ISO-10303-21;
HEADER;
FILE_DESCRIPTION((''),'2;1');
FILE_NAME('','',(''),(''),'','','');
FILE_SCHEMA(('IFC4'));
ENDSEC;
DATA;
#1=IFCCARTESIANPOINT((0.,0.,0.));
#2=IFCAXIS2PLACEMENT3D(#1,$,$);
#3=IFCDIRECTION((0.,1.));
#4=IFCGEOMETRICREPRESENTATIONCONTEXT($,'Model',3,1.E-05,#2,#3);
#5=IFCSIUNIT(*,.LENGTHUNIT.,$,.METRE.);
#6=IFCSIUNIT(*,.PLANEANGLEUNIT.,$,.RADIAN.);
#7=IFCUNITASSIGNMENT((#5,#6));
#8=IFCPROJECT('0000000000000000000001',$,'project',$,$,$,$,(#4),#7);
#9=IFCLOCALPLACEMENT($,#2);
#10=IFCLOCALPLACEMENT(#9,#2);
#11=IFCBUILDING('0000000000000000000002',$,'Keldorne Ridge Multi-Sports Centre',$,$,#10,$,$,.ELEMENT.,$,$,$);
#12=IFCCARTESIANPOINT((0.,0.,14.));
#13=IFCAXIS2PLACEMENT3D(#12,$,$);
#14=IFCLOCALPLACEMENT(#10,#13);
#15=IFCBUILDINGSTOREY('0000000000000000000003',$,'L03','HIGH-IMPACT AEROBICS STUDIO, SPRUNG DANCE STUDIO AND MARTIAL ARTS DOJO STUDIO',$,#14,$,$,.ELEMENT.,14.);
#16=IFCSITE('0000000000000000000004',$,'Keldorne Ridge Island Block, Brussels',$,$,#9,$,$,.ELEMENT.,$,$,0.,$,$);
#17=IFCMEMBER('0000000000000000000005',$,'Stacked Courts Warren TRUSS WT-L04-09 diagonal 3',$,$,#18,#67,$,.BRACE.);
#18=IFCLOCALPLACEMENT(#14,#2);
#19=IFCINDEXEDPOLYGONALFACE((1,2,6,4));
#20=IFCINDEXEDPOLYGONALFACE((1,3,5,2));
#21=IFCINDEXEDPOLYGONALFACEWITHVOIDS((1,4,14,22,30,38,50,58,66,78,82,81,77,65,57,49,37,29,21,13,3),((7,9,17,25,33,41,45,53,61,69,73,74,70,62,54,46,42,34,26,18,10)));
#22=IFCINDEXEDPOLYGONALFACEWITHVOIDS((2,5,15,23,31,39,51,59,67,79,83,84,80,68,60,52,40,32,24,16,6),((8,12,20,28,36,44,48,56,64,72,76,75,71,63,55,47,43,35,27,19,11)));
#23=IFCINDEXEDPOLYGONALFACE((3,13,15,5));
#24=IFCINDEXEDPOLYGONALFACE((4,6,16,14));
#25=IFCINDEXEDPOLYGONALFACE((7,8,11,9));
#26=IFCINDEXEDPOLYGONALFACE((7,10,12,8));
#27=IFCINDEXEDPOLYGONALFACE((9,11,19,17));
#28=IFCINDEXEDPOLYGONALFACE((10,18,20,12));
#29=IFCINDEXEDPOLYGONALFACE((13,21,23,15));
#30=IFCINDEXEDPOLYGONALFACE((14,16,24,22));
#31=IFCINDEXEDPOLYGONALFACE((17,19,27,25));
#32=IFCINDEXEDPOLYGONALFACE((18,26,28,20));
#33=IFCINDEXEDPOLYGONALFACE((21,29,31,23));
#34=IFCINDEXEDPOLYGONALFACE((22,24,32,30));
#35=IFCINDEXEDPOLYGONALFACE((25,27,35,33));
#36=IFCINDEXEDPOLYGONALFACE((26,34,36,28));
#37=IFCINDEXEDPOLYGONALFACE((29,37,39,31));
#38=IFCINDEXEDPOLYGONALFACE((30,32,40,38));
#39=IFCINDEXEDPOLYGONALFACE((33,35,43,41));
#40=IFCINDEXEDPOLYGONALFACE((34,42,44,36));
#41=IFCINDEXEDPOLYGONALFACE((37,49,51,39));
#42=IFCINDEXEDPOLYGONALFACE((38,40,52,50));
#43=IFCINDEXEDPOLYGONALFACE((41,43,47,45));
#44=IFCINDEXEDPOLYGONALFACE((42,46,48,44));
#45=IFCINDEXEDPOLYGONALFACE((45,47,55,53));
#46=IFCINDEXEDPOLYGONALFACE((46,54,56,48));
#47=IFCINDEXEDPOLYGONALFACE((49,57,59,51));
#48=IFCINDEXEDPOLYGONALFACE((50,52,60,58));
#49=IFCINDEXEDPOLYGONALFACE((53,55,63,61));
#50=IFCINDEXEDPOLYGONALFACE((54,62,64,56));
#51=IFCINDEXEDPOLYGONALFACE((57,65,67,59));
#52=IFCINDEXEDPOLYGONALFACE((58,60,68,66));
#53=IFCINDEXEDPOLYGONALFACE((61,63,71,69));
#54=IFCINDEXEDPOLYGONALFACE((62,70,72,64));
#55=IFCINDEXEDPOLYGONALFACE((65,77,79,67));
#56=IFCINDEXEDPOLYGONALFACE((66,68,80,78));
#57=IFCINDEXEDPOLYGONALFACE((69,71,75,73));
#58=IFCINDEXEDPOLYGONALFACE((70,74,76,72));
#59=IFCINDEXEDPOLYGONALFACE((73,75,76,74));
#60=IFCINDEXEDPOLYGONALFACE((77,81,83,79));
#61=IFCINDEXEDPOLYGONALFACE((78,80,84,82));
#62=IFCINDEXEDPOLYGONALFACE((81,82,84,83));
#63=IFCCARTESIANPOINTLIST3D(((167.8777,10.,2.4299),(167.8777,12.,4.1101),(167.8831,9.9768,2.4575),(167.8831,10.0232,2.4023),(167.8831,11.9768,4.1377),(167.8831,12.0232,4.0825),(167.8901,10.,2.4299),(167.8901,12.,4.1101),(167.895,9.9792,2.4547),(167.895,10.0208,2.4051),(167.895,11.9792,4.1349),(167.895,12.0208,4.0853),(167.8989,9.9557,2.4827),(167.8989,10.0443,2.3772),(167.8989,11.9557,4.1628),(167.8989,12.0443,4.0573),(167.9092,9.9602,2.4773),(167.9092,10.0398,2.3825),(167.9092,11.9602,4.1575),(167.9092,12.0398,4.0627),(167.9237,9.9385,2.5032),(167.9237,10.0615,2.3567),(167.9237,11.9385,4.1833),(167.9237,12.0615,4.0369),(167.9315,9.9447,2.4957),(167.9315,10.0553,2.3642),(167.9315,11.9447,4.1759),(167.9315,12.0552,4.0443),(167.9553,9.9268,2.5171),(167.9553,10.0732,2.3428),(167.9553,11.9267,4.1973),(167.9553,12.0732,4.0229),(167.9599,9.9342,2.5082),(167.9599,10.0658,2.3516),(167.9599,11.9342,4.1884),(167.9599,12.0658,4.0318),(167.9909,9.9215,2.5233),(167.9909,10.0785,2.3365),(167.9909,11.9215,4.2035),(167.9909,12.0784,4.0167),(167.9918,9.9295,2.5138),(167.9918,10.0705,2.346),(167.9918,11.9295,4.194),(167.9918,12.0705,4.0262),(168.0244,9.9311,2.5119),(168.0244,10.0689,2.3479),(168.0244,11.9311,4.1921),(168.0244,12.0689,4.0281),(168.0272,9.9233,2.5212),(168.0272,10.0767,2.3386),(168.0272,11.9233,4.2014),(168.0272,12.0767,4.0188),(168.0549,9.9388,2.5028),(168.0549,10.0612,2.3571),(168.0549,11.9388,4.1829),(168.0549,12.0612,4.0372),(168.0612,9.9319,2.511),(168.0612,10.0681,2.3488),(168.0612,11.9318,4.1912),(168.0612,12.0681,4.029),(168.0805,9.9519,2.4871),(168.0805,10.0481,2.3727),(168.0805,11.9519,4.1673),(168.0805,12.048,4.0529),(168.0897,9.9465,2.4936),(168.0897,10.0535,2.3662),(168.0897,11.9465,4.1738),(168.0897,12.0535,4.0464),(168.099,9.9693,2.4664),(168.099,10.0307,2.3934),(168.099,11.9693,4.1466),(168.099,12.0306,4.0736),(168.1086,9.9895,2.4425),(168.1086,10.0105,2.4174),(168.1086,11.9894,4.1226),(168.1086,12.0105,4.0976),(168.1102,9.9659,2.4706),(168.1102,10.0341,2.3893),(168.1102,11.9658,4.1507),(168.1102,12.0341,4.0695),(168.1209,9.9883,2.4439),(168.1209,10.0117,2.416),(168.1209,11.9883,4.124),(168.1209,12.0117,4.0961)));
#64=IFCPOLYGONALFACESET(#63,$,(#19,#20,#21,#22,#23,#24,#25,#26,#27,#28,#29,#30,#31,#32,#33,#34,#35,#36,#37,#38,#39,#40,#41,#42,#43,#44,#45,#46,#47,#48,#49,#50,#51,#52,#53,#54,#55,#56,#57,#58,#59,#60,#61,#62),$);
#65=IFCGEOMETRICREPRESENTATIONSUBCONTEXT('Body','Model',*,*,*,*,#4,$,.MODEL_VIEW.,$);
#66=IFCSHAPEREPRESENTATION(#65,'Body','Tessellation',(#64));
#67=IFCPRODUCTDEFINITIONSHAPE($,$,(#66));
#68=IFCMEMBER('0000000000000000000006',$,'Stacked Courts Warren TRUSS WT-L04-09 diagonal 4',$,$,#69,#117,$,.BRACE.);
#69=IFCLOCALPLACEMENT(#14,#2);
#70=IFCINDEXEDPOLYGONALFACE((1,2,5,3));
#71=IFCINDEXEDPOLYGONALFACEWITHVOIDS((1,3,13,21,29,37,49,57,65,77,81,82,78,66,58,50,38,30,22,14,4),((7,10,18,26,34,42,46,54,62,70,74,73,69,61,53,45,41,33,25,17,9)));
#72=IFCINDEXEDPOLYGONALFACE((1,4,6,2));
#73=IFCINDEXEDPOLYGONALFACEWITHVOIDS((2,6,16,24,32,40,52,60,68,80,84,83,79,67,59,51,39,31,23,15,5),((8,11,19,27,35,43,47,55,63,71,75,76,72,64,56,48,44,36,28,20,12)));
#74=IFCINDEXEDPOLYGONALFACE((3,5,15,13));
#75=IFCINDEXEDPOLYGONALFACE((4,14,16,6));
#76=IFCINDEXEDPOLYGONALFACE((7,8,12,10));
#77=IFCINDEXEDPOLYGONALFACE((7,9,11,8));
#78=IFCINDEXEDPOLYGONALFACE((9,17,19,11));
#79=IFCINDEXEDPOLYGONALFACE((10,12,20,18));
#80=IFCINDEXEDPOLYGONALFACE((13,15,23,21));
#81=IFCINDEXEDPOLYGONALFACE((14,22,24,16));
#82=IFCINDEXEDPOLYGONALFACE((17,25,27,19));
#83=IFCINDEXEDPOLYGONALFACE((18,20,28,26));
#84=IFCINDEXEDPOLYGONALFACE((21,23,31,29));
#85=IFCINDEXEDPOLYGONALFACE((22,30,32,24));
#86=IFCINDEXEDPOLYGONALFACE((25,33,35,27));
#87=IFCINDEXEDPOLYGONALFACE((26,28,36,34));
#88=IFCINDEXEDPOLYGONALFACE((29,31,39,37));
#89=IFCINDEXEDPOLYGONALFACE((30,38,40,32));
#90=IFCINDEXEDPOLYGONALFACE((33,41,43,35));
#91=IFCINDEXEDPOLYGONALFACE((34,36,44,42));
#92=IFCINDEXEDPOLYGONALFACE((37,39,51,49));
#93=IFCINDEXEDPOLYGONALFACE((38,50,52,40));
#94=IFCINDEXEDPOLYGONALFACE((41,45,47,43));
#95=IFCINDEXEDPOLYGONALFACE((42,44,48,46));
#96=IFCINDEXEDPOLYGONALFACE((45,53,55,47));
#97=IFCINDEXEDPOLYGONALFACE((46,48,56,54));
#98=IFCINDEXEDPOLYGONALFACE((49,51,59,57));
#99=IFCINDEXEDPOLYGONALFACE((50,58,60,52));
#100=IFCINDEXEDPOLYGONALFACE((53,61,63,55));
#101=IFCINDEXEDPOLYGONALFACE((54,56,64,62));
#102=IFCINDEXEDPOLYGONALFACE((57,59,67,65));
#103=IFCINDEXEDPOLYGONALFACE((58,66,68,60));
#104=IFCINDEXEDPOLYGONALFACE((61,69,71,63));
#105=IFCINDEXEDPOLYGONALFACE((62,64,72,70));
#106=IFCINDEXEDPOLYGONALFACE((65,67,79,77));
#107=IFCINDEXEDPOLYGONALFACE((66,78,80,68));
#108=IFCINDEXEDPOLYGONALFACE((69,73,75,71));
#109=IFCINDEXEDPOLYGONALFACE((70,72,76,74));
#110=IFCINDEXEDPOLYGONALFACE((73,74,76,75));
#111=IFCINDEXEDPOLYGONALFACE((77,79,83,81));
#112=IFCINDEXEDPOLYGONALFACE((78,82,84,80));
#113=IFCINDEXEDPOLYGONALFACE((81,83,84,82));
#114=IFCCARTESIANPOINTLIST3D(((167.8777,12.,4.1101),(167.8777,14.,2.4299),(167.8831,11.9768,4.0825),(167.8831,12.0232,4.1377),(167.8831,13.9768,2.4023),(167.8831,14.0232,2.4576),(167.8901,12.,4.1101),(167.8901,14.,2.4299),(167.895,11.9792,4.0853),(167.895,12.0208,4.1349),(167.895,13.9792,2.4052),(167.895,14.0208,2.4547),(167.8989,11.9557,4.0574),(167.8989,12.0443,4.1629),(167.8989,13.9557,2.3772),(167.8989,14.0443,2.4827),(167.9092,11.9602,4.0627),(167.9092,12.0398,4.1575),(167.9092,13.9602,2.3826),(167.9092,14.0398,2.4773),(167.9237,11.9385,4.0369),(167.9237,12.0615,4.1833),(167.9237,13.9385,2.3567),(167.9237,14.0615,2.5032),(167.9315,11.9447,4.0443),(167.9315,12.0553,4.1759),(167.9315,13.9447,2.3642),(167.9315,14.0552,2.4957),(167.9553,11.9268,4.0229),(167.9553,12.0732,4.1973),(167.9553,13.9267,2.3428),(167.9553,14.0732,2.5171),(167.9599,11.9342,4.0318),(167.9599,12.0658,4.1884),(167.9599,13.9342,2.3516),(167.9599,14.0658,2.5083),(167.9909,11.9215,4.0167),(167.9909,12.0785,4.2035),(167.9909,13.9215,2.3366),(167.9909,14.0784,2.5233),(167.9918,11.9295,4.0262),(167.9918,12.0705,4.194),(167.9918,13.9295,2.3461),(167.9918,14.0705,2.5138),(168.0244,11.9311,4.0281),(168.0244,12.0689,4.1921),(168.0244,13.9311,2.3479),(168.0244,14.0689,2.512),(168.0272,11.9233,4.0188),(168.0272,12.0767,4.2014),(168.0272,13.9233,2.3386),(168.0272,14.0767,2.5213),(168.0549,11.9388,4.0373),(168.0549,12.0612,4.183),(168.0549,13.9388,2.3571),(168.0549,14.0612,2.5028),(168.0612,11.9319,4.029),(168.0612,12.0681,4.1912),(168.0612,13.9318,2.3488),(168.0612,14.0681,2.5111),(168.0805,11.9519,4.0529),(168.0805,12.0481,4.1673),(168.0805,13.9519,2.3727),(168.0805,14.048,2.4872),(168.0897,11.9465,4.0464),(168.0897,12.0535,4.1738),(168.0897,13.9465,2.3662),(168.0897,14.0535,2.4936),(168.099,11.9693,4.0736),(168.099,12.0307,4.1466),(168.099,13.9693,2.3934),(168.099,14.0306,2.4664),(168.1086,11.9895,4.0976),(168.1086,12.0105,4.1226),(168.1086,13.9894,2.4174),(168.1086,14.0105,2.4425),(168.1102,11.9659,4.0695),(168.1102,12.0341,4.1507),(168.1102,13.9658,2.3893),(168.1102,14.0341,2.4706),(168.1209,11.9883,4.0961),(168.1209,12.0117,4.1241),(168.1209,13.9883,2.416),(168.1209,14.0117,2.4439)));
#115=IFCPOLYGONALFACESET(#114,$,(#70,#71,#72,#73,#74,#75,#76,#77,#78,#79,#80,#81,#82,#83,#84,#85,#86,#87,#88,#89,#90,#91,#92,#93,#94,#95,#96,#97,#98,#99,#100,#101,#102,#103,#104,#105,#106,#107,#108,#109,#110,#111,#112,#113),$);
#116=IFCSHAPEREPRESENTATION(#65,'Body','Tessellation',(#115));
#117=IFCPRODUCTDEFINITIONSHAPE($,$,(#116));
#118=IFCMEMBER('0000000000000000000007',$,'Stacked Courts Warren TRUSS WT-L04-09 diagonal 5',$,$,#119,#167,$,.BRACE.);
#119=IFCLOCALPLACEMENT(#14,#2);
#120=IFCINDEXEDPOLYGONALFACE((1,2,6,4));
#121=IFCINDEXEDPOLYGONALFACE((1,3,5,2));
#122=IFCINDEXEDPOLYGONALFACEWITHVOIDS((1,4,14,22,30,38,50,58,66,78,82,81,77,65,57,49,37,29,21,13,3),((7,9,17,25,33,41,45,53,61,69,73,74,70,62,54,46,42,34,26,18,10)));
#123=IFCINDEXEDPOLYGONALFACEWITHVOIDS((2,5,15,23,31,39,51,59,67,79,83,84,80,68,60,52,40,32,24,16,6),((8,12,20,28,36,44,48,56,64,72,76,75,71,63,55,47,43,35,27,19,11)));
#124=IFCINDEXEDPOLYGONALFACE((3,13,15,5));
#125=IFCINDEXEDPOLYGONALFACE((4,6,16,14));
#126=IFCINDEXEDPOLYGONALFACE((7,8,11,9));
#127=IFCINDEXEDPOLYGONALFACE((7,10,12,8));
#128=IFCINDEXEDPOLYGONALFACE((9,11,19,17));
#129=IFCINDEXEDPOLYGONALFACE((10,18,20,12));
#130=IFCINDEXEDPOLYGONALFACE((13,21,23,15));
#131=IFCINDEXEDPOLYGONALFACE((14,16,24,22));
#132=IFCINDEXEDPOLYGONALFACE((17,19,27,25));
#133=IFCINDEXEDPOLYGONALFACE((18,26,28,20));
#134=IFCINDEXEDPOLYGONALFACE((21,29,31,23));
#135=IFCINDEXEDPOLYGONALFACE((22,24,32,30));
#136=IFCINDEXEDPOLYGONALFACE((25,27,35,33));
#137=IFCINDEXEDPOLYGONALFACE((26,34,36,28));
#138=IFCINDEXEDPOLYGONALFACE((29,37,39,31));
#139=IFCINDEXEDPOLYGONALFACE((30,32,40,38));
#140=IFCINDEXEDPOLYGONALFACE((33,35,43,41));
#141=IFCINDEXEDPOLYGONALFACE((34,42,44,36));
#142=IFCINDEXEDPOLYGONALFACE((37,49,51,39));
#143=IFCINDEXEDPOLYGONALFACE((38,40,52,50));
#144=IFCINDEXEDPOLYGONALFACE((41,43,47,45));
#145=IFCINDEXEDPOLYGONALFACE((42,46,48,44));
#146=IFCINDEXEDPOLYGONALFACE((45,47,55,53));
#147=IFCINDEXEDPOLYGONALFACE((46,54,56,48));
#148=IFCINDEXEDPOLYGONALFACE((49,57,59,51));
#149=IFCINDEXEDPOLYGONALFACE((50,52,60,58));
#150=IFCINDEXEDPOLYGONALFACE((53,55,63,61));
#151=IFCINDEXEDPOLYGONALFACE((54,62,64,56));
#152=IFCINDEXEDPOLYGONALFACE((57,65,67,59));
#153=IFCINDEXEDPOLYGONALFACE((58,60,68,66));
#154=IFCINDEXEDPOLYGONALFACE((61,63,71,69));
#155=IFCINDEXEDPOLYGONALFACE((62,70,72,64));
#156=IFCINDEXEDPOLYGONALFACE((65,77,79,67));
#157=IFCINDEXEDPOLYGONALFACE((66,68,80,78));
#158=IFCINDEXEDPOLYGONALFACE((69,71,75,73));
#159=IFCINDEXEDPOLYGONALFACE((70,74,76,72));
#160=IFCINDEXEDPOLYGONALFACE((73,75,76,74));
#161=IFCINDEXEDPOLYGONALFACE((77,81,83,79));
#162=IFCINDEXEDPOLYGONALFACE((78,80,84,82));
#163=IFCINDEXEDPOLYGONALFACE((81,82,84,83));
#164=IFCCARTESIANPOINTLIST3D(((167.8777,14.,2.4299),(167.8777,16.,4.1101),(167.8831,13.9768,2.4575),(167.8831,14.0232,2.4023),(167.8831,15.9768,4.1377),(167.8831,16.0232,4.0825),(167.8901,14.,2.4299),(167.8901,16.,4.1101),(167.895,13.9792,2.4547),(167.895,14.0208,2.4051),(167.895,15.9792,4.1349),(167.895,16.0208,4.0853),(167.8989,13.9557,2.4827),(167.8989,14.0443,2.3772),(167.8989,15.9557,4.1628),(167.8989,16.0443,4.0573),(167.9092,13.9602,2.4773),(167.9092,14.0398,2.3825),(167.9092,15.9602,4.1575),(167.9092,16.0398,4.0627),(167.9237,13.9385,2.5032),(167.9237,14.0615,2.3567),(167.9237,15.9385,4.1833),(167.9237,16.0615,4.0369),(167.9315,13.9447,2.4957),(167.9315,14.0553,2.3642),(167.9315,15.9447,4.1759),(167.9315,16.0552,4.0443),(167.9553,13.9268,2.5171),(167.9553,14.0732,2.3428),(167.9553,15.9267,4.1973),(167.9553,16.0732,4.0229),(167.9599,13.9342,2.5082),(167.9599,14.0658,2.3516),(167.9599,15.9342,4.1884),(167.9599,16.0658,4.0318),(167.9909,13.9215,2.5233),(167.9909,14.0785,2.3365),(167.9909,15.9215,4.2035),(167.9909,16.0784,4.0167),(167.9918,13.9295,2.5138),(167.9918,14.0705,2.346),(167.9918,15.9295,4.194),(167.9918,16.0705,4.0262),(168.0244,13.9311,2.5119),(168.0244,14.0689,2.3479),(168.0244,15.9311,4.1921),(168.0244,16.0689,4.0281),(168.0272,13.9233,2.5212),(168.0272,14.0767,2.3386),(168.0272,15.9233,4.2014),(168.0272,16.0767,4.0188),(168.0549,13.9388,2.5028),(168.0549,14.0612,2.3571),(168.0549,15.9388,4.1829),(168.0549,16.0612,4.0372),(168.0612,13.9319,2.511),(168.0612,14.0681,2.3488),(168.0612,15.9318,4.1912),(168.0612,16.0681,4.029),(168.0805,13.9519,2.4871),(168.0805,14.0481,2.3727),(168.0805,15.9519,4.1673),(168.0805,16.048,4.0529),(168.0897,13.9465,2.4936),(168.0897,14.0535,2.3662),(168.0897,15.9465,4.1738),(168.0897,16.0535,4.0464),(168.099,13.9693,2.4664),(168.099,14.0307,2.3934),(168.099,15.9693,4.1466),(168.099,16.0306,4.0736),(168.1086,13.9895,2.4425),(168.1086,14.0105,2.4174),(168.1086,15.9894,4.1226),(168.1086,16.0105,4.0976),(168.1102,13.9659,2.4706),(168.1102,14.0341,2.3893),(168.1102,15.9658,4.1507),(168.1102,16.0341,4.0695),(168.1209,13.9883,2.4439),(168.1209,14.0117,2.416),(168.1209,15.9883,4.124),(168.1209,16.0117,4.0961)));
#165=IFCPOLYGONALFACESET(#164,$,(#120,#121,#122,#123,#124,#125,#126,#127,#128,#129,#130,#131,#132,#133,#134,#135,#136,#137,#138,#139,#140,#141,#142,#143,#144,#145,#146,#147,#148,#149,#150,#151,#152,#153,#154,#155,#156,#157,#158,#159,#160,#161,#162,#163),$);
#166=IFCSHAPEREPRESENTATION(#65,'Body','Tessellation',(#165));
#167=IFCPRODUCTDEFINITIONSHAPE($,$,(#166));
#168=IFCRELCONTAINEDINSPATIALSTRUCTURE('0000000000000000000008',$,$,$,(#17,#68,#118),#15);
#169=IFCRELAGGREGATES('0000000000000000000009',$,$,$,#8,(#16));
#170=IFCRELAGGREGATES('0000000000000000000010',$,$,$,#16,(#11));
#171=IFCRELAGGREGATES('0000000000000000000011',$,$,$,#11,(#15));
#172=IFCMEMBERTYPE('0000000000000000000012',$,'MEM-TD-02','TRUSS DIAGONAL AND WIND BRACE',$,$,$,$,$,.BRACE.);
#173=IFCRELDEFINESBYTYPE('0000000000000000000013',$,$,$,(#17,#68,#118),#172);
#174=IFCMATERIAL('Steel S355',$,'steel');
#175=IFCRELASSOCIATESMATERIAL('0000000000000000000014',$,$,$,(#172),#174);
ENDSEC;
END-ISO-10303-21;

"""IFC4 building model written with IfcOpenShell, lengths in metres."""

from ifc_helpers import new_model, si_unit, direction, frame, origin, origin_2d, place, context, subcontext, project, spatial, hollow_circle, extrude, material, material_profile, profile_set, type_object, element, save


model = new_model("IFC4")

# Units and contexts
model_context = context("Model", 3, precision=1e-05, world=origin(), true_north=direction((0.0, 1.0)))
body_context = subcontext(model_context, "Body", "Model", "MODEL_VIEW")
ifc_project = project(units=[si_unit("LENGTHUNIT", "METRE"), si_unit("PLANEANGLEUNIT", "RADIAN")], contexts=[model_context])

# Site, building, storey
site_placement = place(None, origin())
site = spatial("IfcSite", under=ifc_project, at=site_placement, Name="Keldorne Ridge Island Block, Brussels", CompositionType="ELEMENT", RefElevation=0.0)
building_placement = place(site_placement, origin())
building = spatial("IfcBuilding", under=site, at=building_placement, Name="Keldorne Ridge Multi-Sports Centre", CompositionType="ELEMENT")
storey_placement = place(building_placement, frame((0.0, 0.0, 14.0)))
storey = spatial("IfcBuildingStorey", under=building, at=storey_placement, Name="L03", Description="HIGH-IMPACT AEROBICS STUDIO, SPRUNG DANCE STUDIO AND MARTIAL ARTS DOJO STUDIO", CompositionType="ELEMENT", Elevation=14.0)

# Shared definitions
ifc_material_1 = material(Name="Steel S355", Category="steel")

# Members
ifc_material_profile_1 = material_profile(ifc_material_1, hollow_circle(Radius=0.1223, WallThickness=0.0125, at=origin_2d()), Name="CHS 244.5x12.5")
ifc_profile_set_1 = profile_set([ifc_material_profile_1], Name="Steel S355")
member_type_1 = type_object("IfcMemberType", Name="MEM-TD-02", Description="TRUSS DIAGONAL AND WIND BRACE", PredefinedType="BRACE", material=ifc_profile_set_1)
for number, where, z_axis, x_axis, name in (
    (1, (168.0, 10.0, 2.4299), (0.0, 0.765672, 0.643232), (-1.0, 0.0, 0.0), "Stacked Courts Warren TRUSS WT-L04-09 diagonal 3"),
    (2, (168.0, 12.0, 4.1101), (0.0, 0.765672, -0.643232), (-1.0, 0.0, 0.0), "Stacked Courts Warren TRUSS WT-L04-09 diagonal 4"),
    (3, (168.0, 14.0, 2.4299), (0.0, 0.765672, 0.643232), (-1.0, 0.0, 0.0), "Stacked Courts Warren TRUSS WT-L04-09 diagonal 5"),
):
    element("IfcMember", number, at=place(storey_placement, frame(where, z_axis=z_axis, x_axis=x_axis)), inside=storey, type_object=member_type_1, Name=name, PredefinedType="BRACE", context=body_context, shape_type="SweptSolid", body=[
        extrude(hollow_circle(Radius=0.1223, WallThickness=0.0125, at=origin_2d()), origin(), (0.0, 0.0, 1.0), 2.6121),
    ])

save(model, "model.ifc")
